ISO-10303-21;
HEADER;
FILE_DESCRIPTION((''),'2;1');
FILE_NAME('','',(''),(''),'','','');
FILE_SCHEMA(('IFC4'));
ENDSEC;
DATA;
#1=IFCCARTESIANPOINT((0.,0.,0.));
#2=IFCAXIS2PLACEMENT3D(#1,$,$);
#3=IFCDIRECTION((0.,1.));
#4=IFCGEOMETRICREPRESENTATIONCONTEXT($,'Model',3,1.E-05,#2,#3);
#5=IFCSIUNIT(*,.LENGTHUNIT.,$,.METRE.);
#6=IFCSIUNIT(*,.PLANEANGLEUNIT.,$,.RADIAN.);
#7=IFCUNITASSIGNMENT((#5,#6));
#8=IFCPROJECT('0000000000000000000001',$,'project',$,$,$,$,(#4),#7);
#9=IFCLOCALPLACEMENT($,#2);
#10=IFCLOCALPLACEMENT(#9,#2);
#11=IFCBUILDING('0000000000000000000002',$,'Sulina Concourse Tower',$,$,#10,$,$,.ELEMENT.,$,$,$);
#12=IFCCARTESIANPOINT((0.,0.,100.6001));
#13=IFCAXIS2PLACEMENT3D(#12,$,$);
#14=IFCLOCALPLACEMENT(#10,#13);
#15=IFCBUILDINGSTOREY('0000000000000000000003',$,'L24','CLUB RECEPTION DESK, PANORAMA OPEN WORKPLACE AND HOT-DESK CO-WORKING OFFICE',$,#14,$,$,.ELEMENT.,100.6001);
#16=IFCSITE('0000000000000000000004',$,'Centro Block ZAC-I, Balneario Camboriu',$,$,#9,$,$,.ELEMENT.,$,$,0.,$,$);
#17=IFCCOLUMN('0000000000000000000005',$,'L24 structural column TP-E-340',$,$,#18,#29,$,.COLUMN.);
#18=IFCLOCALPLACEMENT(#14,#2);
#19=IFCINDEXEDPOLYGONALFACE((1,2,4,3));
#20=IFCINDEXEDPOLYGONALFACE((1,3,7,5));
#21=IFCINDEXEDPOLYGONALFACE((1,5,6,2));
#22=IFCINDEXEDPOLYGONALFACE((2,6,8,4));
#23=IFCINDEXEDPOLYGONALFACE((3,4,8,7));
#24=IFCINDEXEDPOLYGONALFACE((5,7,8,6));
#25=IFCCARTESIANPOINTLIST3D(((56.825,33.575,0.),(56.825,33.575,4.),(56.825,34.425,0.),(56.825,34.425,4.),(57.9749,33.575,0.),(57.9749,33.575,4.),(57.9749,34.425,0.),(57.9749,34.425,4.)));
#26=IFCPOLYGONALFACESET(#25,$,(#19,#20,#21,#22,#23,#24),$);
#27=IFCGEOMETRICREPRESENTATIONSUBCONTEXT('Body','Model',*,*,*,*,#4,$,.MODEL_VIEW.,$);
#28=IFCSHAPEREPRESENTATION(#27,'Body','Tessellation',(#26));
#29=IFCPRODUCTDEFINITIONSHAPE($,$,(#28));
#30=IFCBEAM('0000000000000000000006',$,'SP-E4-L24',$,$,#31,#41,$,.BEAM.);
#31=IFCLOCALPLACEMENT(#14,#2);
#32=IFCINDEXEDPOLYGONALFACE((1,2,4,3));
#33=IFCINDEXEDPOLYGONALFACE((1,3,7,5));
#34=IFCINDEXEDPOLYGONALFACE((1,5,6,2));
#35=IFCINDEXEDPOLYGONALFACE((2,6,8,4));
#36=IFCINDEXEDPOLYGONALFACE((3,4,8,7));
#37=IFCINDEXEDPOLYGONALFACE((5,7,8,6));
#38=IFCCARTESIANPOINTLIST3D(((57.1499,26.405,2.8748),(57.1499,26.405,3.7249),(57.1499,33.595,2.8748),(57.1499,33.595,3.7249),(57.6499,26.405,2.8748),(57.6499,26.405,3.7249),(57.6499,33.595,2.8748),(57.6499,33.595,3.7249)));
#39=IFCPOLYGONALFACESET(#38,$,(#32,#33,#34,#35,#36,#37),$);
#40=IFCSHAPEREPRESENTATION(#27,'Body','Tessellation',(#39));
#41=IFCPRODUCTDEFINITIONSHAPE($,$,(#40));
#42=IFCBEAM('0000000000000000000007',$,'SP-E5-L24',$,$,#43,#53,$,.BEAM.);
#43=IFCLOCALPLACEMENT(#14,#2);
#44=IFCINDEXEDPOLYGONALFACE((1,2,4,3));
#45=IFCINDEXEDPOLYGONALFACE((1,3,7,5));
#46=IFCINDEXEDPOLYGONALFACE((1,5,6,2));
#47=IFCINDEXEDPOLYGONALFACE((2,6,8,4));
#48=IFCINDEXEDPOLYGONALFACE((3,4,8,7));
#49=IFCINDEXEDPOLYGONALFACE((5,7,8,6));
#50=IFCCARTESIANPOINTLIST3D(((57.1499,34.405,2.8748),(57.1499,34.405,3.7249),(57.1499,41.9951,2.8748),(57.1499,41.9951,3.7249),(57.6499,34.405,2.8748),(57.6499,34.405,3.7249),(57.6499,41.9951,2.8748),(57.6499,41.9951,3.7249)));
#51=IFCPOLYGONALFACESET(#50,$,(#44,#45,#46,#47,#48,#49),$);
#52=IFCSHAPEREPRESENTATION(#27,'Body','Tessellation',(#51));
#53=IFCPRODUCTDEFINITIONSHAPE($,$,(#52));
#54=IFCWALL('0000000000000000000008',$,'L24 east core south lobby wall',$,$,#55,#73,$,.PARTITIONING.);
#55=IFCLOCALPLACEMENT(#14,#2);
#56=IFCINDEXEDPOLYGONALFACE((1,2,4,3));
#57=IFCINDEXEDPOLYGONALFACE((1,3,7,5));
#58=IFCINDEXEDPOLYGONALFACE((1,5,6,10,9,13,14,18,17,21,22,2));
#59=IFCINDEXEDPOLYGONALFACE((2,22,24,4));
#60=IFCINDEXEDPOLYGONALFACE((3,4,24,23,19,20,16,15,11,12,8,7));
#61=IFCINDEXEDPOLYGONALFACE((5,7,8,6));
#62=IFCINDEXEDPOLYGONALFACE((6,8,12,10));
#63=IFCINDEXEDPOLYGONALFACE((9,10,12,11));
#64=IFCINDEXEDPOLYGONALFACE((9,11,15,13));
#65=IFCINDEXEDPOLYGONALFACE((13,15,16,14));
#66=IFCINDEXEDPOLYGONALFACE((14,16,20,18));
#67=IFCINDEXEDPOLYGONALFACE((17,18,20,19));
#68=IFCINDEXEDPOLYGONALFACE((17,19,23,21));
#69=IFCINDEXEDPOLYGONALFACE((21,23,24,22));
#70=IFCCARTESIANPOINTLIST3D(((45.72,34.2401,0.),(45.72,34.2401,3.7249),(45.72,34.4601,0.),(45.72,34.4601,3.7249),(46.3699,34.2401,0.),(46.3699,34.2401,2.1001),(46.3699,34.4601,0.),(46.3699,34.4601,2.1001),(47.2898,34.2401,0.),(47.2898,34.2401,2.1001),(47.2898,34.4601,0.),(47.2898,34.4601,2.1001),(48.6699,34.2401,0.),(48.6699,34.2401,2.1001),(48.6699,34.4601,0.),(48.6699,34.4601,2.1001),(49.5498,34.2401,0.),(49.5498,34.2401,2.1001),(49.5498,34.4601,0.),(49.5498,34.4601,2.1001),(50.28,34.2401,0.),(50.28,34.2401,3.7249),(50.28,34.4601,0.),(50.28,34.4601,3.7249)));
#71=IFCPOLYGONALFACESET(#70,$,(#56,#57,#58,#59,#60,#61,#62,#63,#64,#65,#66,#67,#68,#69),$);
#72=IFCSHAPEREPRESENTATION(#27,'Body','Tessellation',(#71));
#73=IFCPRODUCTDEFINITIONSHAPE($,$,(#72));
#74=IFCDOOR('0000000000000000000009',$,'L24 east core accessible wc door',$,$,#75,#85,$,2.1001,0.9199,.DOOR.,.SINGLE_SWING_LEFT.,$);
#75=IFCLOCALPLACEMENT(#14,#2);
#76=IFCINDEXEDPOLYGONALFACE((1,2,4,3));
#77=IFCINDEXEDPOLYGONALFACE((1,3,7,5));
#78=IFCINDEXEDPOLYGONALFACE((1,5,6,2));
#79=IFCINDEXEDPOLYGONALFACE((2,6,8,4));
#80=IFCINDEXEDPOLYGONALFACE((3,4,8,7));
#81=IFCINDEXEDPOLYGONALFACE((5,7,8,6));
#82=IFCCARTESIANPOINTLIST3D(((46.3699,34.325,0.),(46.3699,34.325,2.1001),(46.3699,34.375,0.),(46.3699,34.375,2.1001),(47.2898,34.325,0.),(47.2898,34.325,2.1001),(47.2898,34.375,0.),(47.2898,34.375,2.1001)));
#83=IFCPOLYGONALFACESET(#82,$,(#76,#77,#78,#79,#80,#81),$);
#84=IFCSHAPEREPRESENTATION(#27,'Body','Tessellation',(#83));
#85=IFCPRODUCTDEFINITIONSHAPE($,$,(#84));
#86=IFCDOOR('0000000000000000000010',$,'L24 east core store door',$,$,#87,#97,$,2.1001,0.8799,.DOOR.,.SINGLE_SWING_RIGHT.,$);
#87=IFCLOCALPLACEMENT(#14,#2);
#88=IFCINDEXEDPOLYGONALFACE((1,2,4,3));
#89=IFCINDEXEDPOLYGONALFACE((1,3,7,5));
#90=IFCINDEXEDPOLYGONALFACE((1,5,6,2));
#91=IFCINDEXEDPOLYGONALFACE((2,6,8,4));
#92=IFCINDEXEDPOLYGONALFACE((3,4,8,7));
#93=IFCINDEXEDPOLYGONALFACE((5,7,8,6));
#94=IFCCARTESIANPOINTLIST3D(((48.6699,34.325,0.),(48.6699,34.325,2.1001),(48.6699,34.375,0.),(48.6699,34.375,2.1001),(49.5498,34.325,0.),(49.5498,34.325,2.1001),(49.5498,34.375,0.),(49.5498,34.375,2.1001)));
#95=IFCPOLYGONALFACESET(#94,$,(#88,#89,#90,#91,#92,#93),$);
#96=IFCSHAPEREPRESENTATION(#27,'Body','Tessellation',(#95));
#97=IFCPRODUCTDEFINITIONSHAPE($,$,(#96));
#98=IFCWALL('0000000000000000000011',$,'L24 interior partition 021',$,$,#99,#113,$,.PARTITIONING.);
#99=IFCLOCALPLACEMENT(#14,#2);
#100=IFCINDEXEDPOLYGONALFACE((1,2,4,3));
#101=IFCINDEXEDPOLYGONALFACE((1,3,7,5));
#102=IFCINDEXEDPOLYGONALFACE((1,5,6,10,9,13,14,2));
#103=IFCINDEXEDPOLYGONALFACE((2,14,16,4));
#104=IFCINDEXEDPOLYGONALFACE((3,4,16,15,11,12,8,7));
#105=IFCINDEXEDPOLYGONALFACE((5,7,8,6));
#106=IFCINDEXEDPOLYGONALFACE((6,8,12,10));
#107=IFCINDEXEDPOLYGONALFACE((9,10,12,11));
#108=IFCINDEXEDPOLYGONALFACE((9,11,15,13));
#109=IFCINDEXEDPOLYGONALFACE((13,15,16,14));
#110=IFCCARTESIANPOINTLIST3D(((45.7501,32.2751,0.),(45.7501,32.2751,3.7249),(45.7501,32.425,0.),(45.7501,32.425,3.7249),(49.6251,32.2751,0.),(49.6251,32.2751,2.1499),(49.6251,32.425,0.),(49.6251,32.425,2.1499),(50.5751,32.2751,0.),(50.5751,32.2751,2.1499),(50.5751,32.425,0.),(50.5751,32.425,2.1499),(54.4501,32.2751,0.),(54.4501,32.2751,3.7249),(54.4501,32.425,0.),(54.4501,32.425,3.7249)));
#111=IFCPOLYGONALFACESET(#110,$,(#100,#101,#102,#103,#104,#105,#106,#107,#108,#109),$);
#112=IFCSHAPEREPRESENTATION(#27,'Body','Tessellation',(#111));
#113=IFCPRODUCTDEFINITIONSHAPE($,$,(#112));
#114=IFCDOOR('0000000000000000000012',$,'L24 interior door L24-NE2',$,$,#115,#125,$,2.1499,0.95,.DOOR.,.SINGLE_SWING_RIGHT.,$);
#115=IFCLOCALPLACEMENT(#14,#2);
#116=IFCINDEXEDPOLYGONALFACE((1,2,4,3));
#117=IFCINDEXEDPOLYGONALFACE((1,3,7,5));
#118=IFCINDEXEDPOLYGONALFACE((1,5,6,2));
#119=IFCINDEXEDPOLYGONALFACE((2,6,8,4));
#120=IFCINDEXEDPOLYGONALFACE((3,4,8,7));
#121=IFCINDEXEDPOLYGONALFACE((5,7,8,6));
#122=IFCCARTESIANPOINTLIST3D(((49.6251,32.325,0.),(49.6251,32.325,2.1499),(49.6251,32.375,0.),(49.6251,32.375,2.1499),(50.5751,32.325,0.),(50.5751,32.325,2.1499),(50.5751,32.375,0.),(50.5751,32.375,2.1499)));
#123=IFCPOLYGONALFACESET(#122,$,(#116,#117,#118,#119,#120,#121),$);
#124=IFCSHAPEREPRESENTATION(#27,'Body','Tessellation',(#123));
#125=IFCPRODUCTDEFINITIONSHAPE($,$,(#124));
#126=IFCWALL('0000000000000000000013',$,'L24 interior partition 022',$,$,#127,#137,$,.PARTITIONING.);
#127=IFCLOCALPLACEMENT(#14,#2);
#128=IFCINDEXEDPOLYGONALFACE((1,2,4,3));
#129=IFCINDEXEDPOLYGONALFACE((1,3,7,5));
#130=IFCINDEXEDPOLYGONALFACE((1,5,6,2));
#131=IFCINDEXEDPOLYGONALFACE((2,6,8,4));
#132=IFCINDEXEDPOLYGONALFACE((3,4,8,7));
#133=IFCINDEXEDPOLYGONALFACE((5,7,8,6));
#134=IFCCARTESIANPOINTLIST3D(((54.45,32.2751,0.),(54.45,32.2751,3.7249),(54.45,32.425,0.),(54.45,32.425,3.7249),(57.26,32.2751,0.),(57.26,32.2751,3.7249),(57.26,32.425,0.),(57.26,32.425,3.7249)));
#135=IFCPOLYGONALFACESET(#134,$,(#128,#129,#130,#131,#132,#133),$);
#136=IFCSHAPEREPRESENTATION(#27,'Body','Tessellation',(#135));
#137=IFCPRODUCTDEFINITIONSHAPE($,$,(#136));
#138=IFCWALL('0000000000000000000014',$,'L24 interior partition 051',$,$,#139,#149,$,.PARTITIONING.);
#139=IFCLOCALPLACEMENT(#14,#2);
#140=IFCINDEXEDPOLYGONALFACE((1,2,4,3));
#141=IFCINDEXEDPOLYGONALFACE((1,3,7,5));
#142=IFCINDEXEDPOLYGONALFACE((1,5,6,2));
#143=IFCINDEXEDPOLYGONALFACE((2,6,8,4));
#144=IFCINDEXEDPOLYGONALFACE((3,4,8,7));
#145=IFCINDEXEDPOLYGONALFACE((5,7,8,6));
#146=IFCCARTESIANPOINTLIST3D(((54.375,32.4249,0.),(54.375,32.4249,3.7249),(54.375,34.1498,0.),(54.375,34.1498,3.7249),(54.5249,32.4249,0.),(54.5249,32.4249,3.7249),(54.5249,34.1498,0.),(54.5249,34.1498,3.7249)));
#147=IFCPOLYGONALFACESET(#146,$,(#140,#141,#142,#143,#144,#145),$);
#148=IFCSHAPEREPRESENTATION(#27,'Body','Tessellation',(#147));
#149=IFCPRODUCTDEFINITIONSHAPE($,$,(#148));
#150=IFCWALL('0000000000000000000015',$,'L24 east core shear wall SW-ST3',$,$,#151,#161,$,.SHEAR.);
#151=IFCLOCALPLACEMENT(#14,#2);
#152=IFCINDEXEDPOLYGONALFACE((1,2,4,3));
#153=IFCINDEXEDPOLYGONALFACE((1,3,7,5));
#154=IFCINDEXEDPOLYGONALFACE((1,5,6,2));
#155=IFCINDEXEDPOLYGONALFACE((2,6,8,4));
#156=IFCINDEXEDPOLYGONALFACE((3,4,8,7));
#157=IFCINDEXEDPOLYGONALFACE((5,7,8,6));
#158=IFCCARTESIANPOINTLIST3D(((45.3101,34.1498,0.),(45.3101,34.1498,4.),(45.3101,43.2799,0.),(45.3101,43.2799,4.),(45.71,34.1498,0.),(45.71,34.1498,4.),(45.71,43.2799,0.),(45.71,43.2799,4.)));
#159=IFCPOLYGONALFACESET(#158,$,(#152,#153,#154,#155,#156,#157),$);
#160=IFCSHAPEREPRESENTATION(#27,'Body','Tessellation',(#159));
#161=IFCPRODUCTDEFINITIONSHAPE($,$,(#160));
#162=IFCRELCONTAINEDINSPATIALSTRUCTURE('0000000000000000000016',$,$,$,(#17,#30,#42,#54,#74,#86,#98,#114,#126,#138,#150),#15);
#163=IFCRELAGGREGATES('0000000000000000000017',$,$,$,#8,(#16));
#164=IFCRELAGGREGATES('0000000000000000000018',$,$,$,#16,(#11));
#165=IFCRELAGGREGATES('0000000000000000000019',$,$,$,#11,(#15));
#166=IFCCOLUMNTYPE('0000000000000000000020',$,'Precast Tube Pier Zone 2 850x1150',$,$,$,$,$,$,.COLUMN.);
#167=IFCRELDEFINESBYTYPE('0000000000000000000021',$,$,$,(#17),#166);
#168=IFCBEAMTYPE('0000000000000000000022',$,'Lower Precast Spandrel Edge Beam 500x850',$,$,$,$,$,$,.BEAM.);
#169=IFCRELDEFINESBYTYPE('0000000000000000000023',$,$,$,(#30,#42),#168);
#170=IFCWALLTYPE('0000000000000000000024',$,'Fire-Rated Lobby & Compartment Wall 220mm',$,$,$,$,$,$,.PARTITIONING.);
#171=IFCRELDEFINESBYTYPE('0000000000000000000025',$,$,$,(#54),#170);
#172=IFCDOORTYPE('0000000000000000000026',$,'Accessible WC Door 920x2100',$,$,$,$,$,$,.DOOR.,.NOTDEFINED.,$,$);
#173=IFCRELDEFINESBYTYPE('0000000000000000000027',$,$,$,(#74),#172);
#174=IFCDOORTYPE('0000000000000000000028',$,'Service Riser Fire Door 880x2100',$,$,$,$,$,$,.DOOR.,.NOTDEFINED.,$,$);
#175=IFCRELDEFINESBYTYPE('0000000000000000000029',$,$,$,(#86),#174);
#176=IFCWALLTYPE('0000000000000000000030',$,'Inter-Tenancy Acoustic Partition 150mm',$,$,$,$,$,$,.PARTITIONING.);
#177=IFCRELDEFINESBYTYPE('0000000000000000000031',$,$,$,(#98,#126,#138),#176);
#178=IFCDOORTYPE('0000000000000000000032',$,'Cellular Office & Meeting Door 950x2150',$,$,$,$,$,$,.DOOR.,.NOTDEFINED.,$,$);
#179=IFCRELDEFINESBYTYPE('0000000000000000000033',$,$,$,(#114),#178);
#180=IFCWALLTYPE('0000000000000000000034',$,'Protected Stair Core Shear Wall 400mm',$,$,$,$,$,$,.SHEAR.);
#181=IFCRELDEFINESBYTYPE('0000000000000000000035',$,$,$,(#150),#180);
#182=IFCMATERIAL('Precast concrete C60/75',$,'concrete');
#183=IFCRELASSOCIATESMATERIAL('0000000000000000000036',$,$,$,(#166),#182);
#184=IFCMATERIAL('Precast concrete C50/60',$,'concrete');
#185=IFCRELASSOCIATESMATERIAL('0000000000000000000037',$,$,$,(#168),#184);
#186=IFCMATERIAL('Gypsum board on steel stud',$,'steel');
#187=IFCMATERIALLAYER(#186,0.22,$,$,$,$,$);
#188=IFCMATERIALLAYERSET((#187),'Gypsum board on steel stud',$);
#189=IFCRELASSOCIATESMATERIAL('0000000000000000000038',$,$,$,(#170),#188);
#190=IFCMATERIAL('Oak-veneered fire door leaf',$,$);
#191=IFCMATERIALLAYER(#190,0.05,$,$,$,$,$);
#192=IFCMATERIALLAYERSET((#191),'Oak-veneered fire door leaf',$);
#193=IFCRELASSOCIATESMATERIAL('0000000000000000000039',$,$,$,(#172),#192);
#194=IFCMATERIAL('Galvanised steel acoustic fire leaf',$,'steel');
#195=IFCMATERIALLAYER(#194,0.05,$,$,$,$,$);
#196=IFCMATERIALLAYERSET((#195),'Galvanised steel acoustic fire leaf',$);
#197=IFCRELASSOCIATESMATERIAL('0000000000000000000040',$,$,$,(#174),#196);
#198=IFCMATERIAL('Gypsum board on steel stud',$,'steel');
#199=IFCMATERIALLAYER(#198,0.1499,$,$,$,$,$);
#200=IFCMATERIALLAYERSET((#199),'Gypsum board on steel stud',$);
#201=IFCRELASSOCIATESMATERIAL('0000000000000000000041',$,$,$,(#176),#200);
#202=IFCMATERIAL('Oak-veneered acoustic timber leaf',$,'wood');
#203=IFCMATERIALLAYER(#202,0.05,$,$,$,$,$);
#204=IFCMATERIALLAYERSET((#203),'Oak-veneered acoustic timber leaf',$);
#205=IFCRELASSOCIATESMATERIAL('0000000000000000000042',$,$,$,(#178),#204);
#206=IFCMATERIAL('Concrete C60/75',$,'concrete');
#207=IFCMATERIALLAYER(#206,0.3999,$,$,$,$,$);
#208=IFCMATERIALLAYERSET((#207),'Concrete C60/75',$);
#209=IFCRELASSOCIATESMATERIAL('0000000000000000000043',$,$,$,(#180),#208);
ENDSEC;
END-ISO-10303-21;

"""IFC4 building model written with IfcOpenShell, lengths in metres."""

from ifc_helpers import new_model, si_unit, direction, frame, frame_2d, origin, origin_2d, place, context, subcontext, project, spatial, rectangle, extrude, material, layer, layer_set, material_profile, profile_set, type_object, element, fill, save


model = new_model("IFC4")

# Units and contexts
model_context = context("Model", 3, precision=1e-05, world=origin(), true_north=direction((0.0, 1.0)))
body_context = subcontext(model_context, "Body", "Model", "MODEL_VIEW")
ifc_project = project(units=[si_unit("LENGTHUNIT", "METRE"), si_unit("PLANEANGLEUNIT", "RADIAN")], contexts=[model_context])

# Site, building, storey
site_placement = place(None, origin())
site = spatial("IfcSite", under=ifc_project, at=site_placement, Name="Centro Block ZAC-I, Balneario Camboriu", CompositionType="ELEMENT", RefElevation=0.0)
building_placement = place(site_placement, origin())
building = spatial("IfcBuilding", under=site, at=building_placement, Name="Sulina Concourse Tower", CompositionType="ELEMENT")
storey_placement = place(building_placement, frame((0.0, 0.0, 100.6001)))
storey = spatial("IfcBuildingStorey", under=building, at=storey_placement, Name="L24", Description="CLUB RECEPTION DESK, PANORAMA OPEN WORKPLACE AND HOT-DESK CO-WORKING OFFICE", CompositionType="ELEMENT", Elevation=100.6001)

# Column
ifc_material_1 = material(Name="Precast concrete C60/75", Category="concrete")
ifc_material_profile_1 = material_profile(ifc_material_1, rectangle(XDim=0.8501, YDim=1.1499, at=origin_2d()), Name="PC 850x1150")
ifc_profile_set_1 = profile_set([ifc_material_profile_1], Name="Precast concrete C60/75")
column_type = type_object("IfcColumnType", Name="Precast Tube Pier Zone 2 850x1150", PredefinedType="COLUMN", material=ifc_profile_set_1)
column_placement = place(storey_placement, frame((57.3999, 34.0, 0.0), z_axis=(0.0, 0.0, 1.0), x_axis=(0.0, 1.0, 0.0)))
element("IfcColumn", 1, at=column_placement, inside=storey, type_object=column_type, Name="L24 structural column TP-E-340", PredefinedType="COLUMN", context=body_context, shape_type="SweptSolid", body=[
    extrude(rectangle(XDim=0.8501, YDim=1.1499, at=origin_2d()), origin(), (0.0, 0.0, 1.0), 4.0),
])

# Beams
ifc_material_2 = material(Name="Precast concrete C50/60", Category="concrete")
ifc_material_profile_2 = material_profile(ifc_material_2, rectangle(XDim=0.5, YDim=0.8501, at=origin_2d()), Name="RC 500x850")
ifc_profile_set_2 = profile_set([ifc_material_profile_2], Name="Precast concrete C50/60")
beam_type = type_object("IfcBeamType", Name="Lower Precast Spandrel Edge Beam 500x850", PredefinedType="BEAM", material=ifc_profile_set_2)
beam_1_placement = place(storey_placement, frame((57.3999, 26.405, 3.2998), z_axis=(0.0, 1.0, 0.0), x_axis=(-1.0, 0.0, 0.0)))
element("IfcBeam", 2, at=beam_1_placement, inside=storey, type_object=beam_type, Name="SP-E4-L24", PredefinedType="BEAM", context=body_context, shape_type="SweptSolid", body=[
    extrude(rectangle(XDim=0.5, YDim=0.8501, at=origin_2d()), origin(), (0.0, 0.0, 1.0), 7.1899),
])
beam_2_placement = place(storey_placement, frame((57.3999, 34.405, 3.2998), z_axis=(0.0, 1.0, 0.0), x_axis=(-1.0, 0.0, 0.0)))
element("IfcBeam", 3, at=beam_2_placement, inside=storey, type_object=beam_type, Name="SP-E5-L24", PredefinedType="BEAM", context=body_context, shape_type="SweptSolid", body=[
    extrude(rectangle(XDim=0.5, YDim=0.8501, at=origin_2d()), origin(), (0.0, 0.0, 1.0), 7.5901),
])

# Wall, openings, doors
ifc_material_3 = material(Name="Gypsum board on steel stud", Category="steel")
ifc_layer_1 = layer(ifc_material_3, 0.22)
ifc_layer_set_1 = layer_set([ifc_layer_1], Name="Gypsum board on steel stud")
wall_type_1 = type_object("IfcWallType", Name="Fire-Rated Lobby & Compartment Wall 220mm", PredefinedType="PARTITIONING", material=ifc_layer_set_1)
wall_1_placement = place(storey_placement, frame((45.72, 34.3501, 0.0), z_axis=(0.0, 0.0, 1.0), x_axis=(1.0, 0.0, 0.0)))
wall_1 = element("IfcWall", 4, at=wall_1_placement, inside=storey, type_object=wall_type_1, Name="L24 east core south lobby wall", PredefinedType="PARTITIONING", context=body_context, shape_type="SweptSolid", body=[
    extrude(rectangle(XDim=4.5601, YDim=0.22, at=frame_2d((2.28, 0.0))), origin(), (0.0, 0.0, 1.0), 3.7249),
])
opening_1_placement = place(wall_1_placement, frame((0.6499, 0.0, 0.0)))
opening_1 = element("IfcOpeningElement", 5, at=opening_1_placement, cuts=wall_1, PredefinedType="OPENING", context=body_context, shape_type="SweptSolid", body=[
    extrude(rectangle(XDim=0.9199, YDim=2.1001, at=frame_2d((0.46, 1.05))), frame((0.0, 0.1199, 0.0), z_axis=(0.0, -1.0, 0.0), x_axis=(1.0, 0.0, 0.0)), (0.0, 0.0, 1.0), 0.24),
])
opening_2_placement = place(wall_1_placement, frame((2.95, 0.0, 0.0)))
opening_2 = element("IfcOpeningElement", 6, at=opening_2_placement, cuts=wall_1, PredefinedType="OPENING", context=body_context, shape_type="SweptSolid", body=[
    extrude(rectangle(XDim=0.8799, YDim=2.1001, at=frame_2d((0.4399, 1.05))), frame((0.0, 0.1199, 0.0), z_axis=(0.0, -1.0, 0.0), x_axis=(1.0, 0.0, 0.0)), (0.0, 0.0, 1.0), 0.24),
])
ifc_material_4 = material(Name="Oak-veneered fire door leaf")
ifc_layer_2 = layer(ifc_material_4, 0.05)
ifc_layer_set_2 = layer_set([ifc_layer_2], Name="Oak-veneered fire door leaf")
door_type_1 = type_object("IfcDoorType", Name="Accessible WC Door 920x2100", OperationType="NOTDEFINED", PredefinedType="DOOR", material=ifc_layer_set_2)
door_1_placement = place(opening_1_placement, origin())
door_1 = element("IfcDoor", 7, at=door_1_placement, inside=storey, type_object=door_type_1, Name="L24 east core accessible wc door", OperationType="SINGLE_SWING_LEFT", OverallHeight=2.1001, OverallWidth=0.9199, PredefinedType="DOOR", context=body_context, shape_type="SweptSolid", body=[
    extrude(rectangle(XDim=0.9199, YDim=2.1001, at=frame_2d((0.46, 1.05))), frame((0.0, 0.0249, 0.0), z_axis=(0.0, -1.0, 0.0), x_axis=(1.0, 0.0, 0.0)), (0.0, 0.0, 1.0), 0.05),
])
fill(opening_1, door_1)
ifc_material_5 = material(Name="Galvanised steel acoustic fire leaf", Category="steel")
ifc_layer_3 = layer(ifc_material_5, 0.05)
ifc_layer_set_3 = layer_set([ifc_layer_3], Name="Galvanised steel acoustic fire leaf")
door_type_2 = type_object("IfcDoorType", Name="Service Riser Fire Door 880x2100", OperationType="NOTDEFINED", PredefinedType="DOOR", material=ifc_layer_set_3)
door_2_placement = place(opening_2_placement, origin())
door_2 = element("IfcDoor", 8, at=door_2_placement, inside=storey, type_object=door_type_2, Name="L24 east core store door", OperationType="SINGLE_SWING_RIGHT", OverallHeight=2.1001, OverallWidth=0.8799, PredefinedType="DOOR", context=body_context, shape_type="SweptSolid", body=[
    extrude(rectangle(XDim=0.8799, YDim=2.1001, at=frame_2d((0.4399, 1.05))), frame((0.0, 0.0249, 0.0), z_axis=(0.0, -1.0, 0.0), x_axis=(1.0, 0.0, 0.0)), (0.0, 0.0, 1.0), 0.05),
])
fill(opening_2, door_2)

# Wall, opening, door
ifc_material_6 = material(Name="Gypsum board on steel stud", Category="steel")
ifc_layer_4 = layer(ifc_material_6, 0.1499)
ifc_layer_set_4 = layer_set([ifc_layer_4], Name="Gypsum board on steel stud")
wall_type_2 = type_object("IfcWallType", Name="Inter-Tenancy Acoustic Partition 150mm", PredefinedType="PARTITIONING", material=ifc_layer_set_4)
wall_2_placement = place(storey_placement, frame((45.75, 32.3501, 0.0), z_axis=(0.0, 0.0, 1.0), x_axis=(1.0, 0.0, 0.0)))
wall_2 = element("IfcWall", 9, at=wall_2_placement, inside=storey, type_object=wall_type_2, Name="L24 interior partition 021", PredefinedType="PARTITIONING", context=body_context, shape_type="SweptSolid", body=[
    extrude(rectangle(XDim=8.7, YDim=0.1499, at=frame_2d((4.3501, 0.0))), origin(), (0.0, 0.0, 1.0), 3.7249),
])
opening_3_placement = place(wall_2_placement, frame((3.875, 0.0, 0.0)))
opening_3 = element("IfcOpeningElement", 10, at=opening_3_placement, cuts=wall_2, PredefinedType="OPENING", context=body_context, shape_type="SweptSolid", body=[
    extrude(rectangle(XDim=0.95, YDim=2.1499, at=frame_2d((0.4751, 1.075))), frame((0.0, 0.085, 0.0), z_axis=(0.0, -1.0, 0.0), x_axis=(1.0, 0.0, 0.0)), (0.0, 0.0, 1.0), 0.1699),
])
ifc_material_7 = material(Name="Oak-veneered acoustic timber leaf", Category="wood")
ifc_layer_5 = layer(ifc_material_7, 0.05)
ifc_layer_set_5 = layer_set([ifc_layer_5], Name="Oak-veneered acoustic timber leaf")
door_type_3 = type_object("IfcDoorType", Name="Cellular Office & Meeting Door 950x2150", OperationType="NOTDEFINED", PredefinedType="DOOR", material=ifc_layer_set_5)
door_3_placement = place(opening_3_placement, origin())
door_3 = element("IfcDoor", 11, at=door_3_placement, inside=storey, type_object=door_type_3, Name="L24 interior door L24-NE2", OperationType="SINGLE_SWING_RIGHT", OverallHeight=2.1499, OverallWidth=0.95, PredefinedType="DOOR", context=body_context, shape_type="SweptSolid", body=[
    extrude(rectangle(XDim=0.95, YDim=2.1499, at=frame_2d((0.4751, 1.075))), frame((0.0, 0.0249, 0.0), z_axis=(0.0, -1.0, 0.0), x_axis=(1.0, 0.0, 0.0)), (0.0, 0.0, 1.0), 0.05),
])
fill(opening_3, door_3)

# Walls
wall_3_placement = place(storey_placement, frame((54.45, 32.3501, 0.0), z_axis=(0.0, 0.0, 1.0), x_axis=(1.0, 0.0, 0.0)))
element("IfcWall", 12, at=wall_3_placement, inside=storey, type_object=wall_type_2, Name="L24 interior partition 022", PredefinedType="PARTITIONING", context=body_context, shape_type="SweptSolid", body=[
    extrude(rectangle(XDim=2.8101, YDim=0.1499, at=frame_2d((1.405, 0.0))), origin(), (0.0, 0.0, 1.0), 3.7249),
])
wall_4_placement = place(storey_placement, frame((54.45, 32.425, 0.0), z_axis=(0.0, 0.0, 1.0), x_axis=(0.0, 1.0, 0.0)))
element("IfcWall", 13, at=wall_4_placement, inside=storey, type_object=wall_type_2, Name="L24 interior partition 051", PredefinedType="PARTITIONING", context=body_context, shape_type="SweptSolid", body=[
    extrude(rectangle(XDim=1.7249, YDim=0.1499, at=frame_2d((0.8623, 0.0))), origin(), (0.0, 0.0, 1.0), 3.7249),
])
ifc_material_8 = material(Name="Concrete C60/75", Category="concrete")
ifc_layer_6 = layer(ifc_material_8, 0.3999)
ifc_layer_set_6 = layer_set([ifc_layer_6], Name="Concrete C60/75")
wall_type_3 = type_object("IfcWallType", Name="Protected Stair Core Shear Wall 400mm", PredefinedType="SHEAR", material=ifc_layer_set_6)
wall_5_placement = place(storey_placement, frame((45.51, 34.1499, 0.0), z_axis=(0.0, 0.0, 1.0), x_axis=(0.0, 1.0, 0.0)))
element("IfcWall", 14, at=wall_5_placement, inside=storey, type_object=wall_type_3, Name="L24 east core shear wall SW-ST3", PredefinedType="SHEAR", context=body_context, shape_type="SweptSolid", body=[
    extrude(rectangle(XDim=9.1301, YDim=0.3999, at=frame_2d((4.5649, 0.0))), origin(), (0.0, 0.0, 1.0), 4.0),
])

save(model, "model.ifc")
